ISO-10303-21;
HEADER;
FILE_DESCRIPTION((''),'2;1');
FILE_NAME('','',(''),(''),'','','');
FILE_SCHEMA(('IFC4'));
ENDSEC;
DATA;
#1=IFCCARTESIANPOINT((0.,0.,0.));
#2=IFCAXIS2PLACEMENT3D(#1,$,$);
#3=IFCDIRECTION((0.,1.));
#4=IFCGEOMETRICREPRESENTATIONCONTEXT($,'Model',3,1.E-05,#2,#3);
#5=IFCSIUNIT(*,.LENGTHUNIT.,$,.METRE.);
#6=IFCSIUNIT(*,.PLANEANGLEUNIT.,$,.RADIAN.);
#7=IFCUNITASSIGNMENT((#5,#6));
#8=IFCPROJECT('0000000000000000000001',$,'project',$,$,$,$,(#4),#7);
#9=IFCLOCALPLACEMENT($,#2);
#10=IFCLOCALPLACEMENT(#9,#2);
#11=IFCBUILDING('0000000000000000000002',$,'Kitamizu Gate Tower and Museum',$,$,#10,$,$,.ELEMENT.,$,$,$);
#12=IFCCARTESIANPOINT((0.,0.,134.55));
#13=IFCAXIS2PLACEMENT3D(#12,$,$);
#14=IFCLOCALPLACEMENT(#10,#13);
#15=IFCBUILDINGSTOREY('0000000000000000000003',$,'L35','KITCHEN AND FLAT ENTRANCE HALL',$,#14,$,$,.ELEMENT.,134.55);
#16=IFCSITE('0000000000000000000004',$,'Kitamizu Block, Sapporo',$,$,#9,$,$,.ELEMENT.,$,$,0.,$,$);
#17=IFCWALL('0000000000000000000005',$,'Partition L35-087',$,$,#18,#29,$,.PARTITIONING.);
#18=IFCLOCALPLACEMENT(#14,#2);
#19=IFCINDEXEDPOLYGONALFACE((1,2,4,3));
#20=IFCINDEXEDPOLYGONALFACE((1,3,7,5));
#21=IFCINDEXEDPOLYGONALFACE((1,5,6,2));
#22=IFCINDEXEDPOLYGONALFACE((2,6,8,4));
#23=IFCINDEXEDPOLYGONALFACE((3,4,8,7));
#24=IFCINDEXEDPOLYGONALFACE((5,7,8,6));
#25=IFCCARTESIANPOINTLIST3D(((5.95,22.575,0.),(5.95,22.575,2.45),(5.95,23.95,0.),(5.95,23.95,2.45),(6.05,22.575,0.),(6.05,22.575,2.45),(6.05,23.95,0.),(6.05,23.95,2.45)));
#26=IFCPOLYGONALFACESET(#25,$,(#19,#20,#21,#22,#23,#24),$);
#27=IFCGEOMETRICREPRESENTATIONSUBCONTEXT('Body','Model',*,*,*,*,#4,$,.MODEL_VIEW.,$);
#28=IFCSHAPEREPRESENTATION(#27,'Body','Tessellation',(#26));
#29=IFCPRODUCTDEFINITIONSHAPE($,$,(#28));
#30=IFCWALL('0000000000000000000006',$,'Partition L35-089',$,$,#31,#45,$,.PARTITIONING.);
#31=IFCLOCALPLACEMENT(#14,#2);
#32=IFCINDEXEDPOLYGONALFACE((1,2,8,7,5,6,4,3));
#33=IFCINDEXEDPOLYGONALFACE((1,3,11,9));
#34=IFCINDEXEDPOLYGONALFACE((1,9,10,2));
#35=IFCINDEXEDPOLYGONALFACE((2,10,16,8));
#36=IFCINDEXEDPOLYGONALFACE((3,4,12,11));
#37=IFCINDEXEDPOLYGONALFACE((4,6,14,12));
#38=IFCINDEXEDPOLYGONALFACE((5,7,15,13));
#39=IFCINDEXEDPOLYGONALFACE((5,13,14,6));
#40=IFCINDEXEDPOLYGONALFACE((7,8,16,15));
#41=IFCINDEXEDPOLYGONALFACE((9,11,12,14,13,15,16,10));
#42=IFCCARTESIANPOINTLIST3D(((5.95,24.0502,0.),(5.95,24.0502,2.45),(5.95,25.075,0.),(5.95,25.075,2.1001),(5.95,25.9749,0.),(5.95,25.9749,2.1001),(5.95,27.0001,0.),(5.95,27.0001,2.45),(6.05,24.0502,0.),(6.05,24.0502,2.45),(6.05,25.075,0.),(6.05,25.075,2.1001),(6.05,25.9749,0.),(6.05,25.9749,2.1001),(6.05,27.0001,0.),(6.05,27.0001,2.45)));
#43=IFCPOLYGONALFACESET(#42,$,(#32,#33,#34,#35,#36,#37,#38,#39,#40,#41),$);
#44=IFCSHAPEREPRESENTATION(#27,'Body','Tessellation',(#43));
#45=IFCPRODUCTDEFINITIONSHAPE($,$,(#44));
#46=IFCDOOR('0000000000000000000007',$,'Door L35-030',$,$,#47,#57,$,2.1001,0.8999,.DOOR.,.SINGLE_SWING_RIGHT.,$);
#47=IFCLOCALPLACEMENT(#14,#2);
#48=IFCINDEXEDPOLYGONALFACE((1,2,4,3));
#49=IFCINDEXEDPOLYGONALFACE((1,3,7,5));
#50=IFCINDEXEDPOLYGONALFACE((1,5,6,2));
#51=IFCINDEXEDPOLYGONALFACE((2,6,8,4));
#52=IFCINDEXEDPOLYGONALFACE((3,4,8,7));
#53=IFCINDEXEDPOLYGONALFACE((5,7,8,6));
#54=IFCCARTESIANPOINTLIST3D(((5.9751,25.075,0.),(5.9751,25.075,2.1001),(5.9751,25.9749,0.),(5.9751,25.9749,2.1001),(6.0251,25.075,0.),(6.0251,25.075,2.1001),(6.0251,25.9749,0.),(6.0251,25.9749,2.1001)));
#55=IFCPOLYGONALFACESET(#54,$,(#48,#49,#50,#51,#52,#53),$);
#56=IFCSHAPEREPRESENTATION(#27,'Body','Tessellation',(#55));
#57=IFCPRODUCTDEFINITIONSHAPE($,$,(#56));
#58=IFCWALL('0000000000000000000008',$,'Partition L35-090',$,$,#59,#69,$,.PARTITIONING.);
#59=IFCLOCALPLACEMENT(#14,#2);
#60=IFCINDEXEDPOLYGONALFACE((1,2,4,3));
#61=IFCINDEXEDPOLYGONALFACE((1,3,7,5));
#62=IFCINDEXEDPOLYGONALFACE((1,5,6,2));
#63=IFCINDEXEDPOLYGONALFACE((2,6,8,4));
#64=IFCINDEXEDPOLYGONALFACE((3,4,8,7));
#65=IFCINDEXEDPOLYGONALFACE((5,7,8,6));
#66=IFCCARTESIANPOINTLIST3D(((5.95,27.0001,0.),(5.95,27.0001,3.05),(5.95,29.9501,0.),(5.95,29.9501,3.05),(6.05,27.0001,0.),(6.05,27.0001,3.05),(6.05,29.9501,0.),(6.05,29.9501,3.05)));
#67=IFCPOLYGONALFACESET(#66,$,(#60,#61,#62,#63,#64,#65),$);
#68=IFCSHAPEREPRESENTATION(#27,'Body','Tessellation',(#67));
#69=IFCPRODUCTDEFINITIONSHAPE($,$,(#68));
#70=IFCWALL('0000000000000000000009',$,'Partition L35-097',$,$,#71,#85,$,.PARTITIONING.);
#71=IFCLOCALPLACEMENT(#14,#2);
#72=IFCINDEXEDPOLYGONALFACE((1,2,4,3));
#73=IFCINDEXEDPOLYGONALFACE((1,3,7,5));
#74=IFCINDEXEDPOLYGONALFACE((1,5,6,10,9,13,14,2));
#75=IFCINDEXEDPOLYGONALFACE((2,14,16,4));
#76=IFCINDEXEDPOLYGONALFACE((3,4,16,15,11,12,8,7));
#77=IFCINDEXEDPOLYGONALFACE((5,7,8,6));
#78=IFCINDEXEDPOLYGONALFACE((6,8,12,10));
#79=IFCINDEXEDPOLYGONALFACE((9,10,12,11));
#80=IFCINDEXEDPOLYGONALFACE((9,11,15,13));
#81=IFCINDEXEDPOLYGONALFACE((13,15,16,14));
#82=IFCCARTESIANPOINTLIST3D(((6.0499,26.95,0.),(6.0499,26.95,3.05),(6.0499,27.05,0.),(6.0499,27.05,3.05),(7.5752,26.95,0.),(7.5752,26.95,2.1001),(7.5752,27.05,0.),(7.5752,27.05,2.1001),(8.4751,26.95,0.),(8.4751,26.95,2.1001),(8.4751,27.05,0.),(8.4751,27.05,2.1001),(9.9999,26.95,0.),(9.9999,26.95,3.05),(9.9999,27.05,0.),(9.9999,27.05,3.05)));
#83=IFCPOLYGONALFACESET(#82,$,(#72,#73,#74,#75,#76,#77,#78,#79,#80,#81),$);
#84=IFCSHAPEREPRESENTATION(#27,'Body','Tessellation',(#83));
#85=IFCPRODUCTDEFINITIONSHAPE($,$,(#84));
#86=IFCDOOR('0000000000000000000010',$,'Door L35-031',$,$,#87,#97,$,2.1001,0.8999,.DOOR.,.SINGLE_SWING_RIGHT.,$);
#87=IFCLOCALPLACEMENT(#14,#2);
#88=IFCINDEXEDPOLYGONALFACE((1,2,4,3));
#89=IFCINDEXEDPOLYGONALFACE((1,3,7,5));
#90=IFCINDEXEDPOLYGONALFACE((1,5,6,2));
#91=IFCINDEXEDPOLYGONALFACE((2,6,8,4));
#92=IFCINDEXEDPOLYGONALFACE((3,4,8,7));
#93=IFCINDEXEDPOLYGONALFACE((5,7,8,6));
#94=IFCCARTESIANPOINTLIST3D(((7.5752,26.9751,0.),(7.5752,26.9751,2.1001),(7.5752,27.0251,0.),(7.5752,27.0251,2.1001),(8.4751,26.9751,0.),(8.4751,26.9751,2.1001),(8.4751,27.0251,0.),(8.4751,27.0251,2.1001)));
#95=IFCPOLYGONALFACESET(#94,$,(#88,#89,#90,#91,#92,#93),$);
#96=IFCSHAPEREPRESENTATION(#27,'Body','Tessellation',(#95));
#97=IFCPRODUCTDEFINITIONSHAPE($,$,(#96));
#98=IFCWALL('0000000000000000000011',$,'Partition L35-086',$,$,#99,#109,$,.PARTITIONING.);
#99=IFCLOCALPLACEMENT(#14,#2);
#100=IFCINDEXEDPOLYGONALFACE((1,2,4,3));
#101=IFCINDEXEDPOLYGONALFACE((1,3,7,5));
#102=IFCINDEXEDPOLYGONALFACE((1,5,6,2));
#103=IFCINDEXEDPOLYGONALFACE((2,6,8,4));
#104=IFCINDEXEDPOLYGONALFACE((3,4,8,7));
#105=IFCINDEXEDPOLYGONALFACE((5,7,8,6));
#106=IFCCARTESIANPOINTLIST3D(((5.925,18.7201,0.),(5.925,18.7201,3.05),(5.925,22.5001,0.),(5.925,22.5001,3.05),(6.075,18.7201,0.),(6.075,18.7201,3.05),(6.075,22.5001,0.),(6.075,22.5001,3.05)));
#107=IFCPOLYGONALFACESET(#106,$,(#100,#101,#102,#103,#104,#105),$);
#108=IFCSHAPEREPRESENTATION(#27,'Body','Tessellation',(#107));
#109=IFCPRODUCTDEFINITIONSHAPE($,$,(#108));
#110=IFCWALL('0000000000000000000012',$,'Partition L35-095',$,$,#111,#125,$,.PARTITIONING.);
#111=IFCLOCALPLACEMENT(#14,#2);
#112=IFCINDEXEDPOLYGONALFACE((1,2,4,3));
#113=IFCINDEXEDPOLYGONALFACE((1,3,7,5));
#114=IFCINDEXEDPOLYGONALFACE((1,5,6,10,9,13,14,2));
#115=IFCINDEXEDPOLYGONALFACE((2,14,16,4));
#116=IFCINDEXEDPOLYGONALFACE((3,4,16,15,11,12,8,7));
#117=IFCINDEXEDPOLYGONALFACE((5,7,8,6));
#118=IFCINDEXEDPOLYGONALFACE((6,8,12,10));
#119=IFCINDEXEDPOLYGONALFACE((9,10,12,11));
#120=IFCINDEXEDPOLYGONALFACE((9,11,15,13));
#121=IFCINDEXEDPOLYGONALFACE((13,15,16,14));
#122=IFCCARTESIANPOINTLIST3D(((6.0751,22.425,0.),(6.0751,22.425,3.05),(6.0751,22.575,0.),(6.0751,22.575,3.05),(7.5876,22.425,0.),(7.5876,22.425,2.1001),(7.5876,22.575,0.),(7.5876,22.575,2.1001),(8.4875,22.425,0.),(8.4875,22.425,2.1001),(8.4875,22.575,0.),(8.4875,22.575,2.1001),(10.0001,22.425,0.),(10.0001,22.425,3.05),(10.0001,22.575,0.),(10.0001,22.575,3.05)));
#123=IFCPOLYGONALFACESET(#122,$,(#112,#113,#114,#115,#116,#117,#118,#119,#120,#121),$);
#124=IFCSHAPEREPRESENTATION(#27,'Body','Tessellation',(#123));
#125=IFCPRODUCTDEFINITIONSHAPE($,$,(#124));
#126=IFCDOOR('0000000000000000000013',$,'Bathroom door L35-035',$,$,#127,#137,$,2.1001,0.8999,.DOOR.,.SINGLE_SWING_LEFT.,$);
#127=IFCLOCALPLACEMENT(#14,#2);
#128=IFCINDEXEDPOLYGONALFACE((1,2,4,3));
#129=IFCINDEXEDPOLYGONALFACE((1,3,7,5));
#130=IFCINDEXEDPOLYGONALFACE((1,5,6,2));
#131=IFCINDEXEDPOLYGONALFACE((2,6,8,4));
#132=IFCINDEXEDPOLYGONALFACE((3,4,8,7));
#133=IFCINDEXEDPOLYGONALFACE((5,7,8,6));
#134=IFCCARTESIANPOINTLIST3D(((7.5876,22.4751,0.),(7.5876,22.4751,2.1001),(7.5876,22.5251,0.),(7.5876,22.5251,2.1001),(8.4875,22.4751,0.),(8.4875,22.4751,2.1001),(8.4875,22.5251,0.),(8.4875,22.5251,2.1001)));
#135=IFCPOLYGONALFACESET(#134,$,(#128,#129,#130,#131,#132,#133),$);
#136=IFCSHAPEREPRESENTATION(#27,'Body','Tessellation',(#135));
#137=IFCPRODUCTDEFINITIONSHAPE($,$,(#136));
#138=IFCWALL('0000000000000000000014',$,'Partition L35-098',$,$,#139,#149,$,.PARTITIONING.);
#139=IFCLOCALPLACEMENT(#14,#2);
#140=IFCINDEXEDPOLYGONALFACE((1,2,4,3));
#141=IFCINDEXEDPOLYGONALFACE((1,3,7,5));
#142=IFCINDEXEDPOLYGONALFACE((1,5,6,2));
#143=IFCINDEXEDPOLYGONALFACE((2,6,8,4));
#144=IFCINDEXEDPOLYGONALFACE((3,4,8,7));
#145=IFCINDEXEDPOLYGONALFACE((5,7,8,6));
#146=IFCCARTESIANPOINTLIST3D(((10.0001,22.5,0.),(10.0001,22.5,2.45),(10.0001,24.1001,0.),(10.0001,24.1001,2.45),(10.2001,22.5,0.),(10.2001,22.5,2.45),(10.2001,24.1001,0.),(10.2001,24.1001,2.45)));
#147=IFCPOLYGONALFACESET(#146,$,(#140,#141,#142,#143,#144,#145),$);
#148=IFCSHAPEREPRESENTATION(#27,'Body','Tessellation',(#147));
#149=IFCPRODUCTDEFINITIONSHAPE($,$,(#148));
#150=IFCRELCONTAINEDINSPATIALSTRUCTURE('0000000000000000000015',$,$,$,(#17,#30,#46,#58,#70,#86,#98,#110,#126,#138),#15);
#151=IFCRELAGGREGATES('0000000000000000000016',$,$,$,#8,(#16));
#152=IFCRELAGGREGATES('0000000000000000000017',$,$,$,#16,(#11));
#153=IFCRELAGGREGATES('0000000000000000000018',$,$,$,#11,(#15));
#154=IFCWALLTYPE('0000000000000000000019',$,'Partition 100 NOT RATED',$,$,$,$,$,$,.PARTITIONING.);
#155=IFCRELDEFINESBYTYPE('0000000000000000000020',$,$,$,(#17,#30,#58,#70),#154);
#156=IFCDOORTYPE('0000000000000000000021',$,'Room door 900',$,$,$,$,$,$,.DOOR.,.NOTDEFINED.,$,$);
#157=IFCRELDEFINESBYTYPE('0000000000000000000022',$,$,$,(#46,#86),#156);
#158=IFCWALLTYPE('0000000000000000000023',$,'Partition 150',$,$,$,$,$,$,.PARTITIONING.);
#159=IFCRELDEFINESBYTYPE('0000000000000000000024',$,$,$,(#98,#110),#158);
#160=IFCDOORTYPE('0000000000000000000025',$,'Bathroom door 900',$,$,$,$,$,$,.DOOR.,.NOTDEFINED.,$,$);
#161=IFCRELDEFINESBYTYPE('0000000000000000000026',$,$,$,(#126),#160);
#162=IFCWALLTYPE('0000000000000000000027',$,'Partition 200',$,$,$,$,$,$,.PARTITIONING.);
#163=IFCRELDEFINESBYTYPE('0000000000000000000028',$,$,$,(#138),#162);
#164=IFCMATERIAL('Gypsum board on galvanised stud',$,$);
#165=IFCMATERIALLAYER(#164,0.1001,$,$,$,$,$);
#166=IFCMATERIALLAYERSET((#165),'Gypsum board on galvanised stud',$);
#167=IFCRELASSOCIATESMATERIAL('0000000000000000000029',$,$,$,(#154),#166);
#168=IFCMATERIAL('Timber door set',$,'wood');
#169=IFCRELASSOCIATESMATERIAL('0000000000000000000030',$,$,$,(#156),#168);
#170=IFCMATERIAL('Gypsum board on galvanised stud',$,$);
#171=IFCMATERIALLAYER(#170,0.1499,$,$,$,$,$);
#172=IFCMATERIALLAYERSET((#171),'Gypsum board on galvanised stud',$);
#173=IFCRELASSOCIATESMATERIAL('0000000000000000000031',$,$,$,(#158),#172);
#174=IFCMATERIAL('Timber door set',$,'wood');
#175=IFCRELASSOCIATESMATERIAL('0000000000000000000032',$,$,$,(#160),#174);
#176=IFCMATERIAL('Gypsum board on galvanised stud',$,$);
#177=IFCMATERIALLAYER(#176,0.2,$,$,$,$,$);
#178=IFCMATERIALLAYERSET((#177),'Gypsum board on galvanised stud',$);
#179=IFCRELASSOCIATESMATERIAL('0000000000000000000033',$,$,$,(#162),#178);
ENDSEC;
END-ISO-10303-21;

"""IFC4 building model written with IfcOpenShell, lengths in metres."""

from ifc_helpers import new_model, si_unit, direction, frame, frame_2d, origin, place, context, subcontext, project, spatial, rectangle, extrude, material, layer, layer_set, type_object, element, fill, save


model = new_model("IFC4")

# Units and contexts
model_context = context("Model", 3, precision=1e-05, world=origin(), true_north=direction((0.0, 1.0)))
body_context = subcontext(model_context, "Body", "Model", "MODEL_VIEW")
ifc_project = project(units=[si_unit("LENGTHUNIT", "METRE"), si_unit("PLANEANGLEUNIT", "RADIAN")], contexts=[model_context])

# Site, building, storey
site_placement = place(None, origin())
site = spatial("IfcSite", under=ifc_project, at=site_placement, Name="Kitamizu Block, Sapporo", CompositionType="ELEMENT", RefElevation=0.0)
building_placement = place(site_placement, origin())
building = spatial("IfcBuilding", under=site, at=building_placement, Name="Kitamizu Gate Tower and Museum", CompositionType="ELEMENT")
storey_placement = place(building_placement, frame((0.0, 0.0, 134.55)))
storey = spatial("IfcBuildingStorey", under=building, at=storey_placement, Name="L35", Description="KITCHEN AND FLAT ENTRANCE HALL", CompositionType="ELEMENT", Elevation=134.55)

# Shared definitions
ifc_material_1 = material(Name="Gypsum board on galvanised stud")
ifc_layer_1 = layer(ifc_material_1, 0.1001)
ifc_layer_set_1 = layer_set([ifc_layer_1], Name="Gypsum board on galvanised stud")
wall_type_1 = type_object("IfcWallType", Name="Partition 100 NOT RATED", PredefinedType="PARTITIONING", material=ifc_layer_set_1)
ifc_material_2 = material(Name="Timber door set", Category="wood")
door_type_1 = type_object("IfcDoorType", Name="Room door 900", OperationType="NOTDEFINED", PredefinedType="DOOR", material=ifc_material_2)

# Wall
wall_1_placement = place(storey_placement, frame((6.0, 22.575, 0.0), z_axis=(0.0, 0.0, 1.0), x_axis=(0.0, 1.0, 0.0)))
element("IfcWall", 1, at=wall_1_placement, inside=storey, type_object=wall_type_1, Name="Partition L35-087", PredefinedType="PARTITIONING", context=body_context, shape_type="SweptSolid", body=[
    extrude(rectangle(XDim=1.375, YDim=0.1001, at=frame_2d((0.6875, 0.0))), origin(), (0.0, 0.0, 1.0), 2.45),
])

# Wall, opening, door
wall_2_placement = place(storey_placement, frame((6.0, 24.05, 0.0), z_axis=(0.0, 0.0, 1.0), x_axis=(0.0, 1.0, 0.0)))
wall_2 = element("IfcWall", 2, at=wall_2_placement, inside=storey, type_object=wall_type_1, Name="Partition L35-089", PredefinedType="PARTITIONING", context=body_context, shape_type="SweptSolid", body=[
    extrude(rectangle(XDim=2.95, YDim=0.1001, at=frame_2d((1.4751, 0.0))), origin(), (0.0, 0.0, 1.0), 2.45),
])
opening_1_placement = place(wall_2_placement, frame((1.0249, 0.0, 0.0)))
opening_1 = element("IfcOpeningElement", 3, at=opening_1_placement, cuts=wall_2, PredefinedType="OPENING", context=body_context, shape_type="SweptSolid", body=[
    extrude(rectangle(XDim=0.8999, YDim=2.1001, at=frame_2d((0.45, 1.05))), frame((0.0, 0.0601, 0.0), z_axis=(0.0, -1.0, 0.0), x_axis=(1.0, 0.0, 0.0)), (0.0, 0.0, 1.0), 0.1201),
])
door_1_placement = place(opening_1_placement, origin())
door_1 = element("IfcDoor", 4, at=door_1_placement, inside=storey, type_object=door_type_1, Name="Door L35-030", OperationType="SINGLE_SWING_RIGHT", OverallHeight=2.1001, OverallWidth=0.8999, PredefinedType="DOOR", context=body_context, shape_type="SweptSolid", body=[
    extrude(rectangle(XDim=0.8999, YDim=2.1001, at=frame_2d((0.45, 1.05))), frame((0.0, 0.0249, 0.0), z_axis=(0.0, -1.0, 0.0), x_axis=(1.0, 0.0, 0.0)), (0.0, 0.0, 1.0), 0.05),
])
fill(opening_1, door_1)

# Wall
wall_3_placement = place(storey_placement, frame((6.0, 27.0, 0.0), z_axis=(0.0, 0.0, 1.0), x_axis=(0.0, 1.0, 0.0)))
element("IfcWall", 5, at=wall_3_placement, inside=storey, type_object=wall_type_1, Name="Partition L35-090", PredefinedType="PARTITIONING", context=body_context, shape_type="SweptSolid", body=[
    extrude(rectangle(XDim=2.95, YDim=0.1001, at=frame_2d((1.4751, 0.0))), origin(), (0.0, 0.0, 1.0), 3.05),
])

# Wall, opening, door
wall_4_placement = place(storey_placement, frame((10.0, 27.0, 0.0), z_axis=(0.0, 0.0, 1.0), x_axis=(-1.0, 0.0, 0.0)))
wall_4 = element("IfcWall", 6, at=wall_4_placement, inside=storey, type_object=wall_type_1, Name="Partition L35-097", PredefinedType="PARTITIONING", context=body_context, shape_type="SweptSolid", body=[
    extrude(rectangle(XDim=3.95, YDim=0.1001, at=frame_2d((1.9751, 0.0))), origin(), (0.0, 0.0, 1.0), 3.05),
])
opening_2_placement = place(wall_4_placement, frame((1.5249, 0.0, 0.0)))
opening_2 = element("IfcOpeningElement", 7, at=opening_2_placement, cuts=wall_4, PredefinedType="OPENING", context=body_context, shape_type="SweptSolid", body=[
    extrude(rectangle(XDim=0.8999, YDim=2.1001, at=frame_2d((0.45, 1.05))), frame((0.0, 0.0601, 0.0), z_axis=(0.0, -1.0, 0.0), x_axis=(1.0, 0.0, 0.0)), (0.0, 0.0, 1.0), 0.1201),
])
door_2_placement = place(opening_2_placement, origin())
door_2 = element("IfcDoor", 8, at=door_2_placement, inside=storey, type_object=door_type_1, Name="Door L35-031", OperationType="SINGLE_SWING_RIGHT", OverallHeight=2.1001, OverallWidth=0.8999, PredefinedType="DOOR", context=body_context, shape_type="SweptSolid", body=[
    extrude(rectangle(XDim=0.8999, YDim=2.1001, at=frame_2d((0.45, 1.05))), frame((0.0, 0.0249, 0.0), z_axis=(0.0, -1.0, 0.0), x_axis=(1.0, 0.0, 0.0)), (0.0, 0.0, 1.0), 0.05),
])
fill(opening_2, door_2)

# Wall
ifc_material_3 = material(Name="Gypsum board on galvanised stud")
ifc_layer_2 = layer(ifc_material_3, 0.1499)
ifc_layer_set_2 = layer_set([ifc_layer_2], Name="Gypsum board on galvanised stud")
wall_type_2 = type_object("IfcWallType", Name="Partition 150", PredefinedType="PARTITIONING", material=ifc_layer_set_2)
wall_5_placement = place(storey_placement, frame((6.0, 18.72, 0.0), z_axis=(0.0, 0.0, 1.0), x_axis=(0.0, 1.0, 0.0)))
element("IfcWall", 9, at=wall_5_placement, inside=storey, type_object=wall_type_2, Name="Partition L35-086", PredefinedType="PARTITIONING", context=body_context, shape_type="SweptSolid", body=[
    extrude(rectangle(XDim=3.78, YDim=0.1499, at=frame_2d((1.8901, 0.0))), origin(), (0.0, 0.0, 1.0), 3.05),
])

# Wall, opening, door
wall_6_placement = place(storey_placement, frame((10.0, 22.5, 0.0), z_axis=(0.0, 0.0, 1.0), x_axis=(-1.0, 0.0, 0.0)))
wall_6 = element("IfcWall", 10, at=wall_6_placement, inside=storey, type_object=wall_type_2, Name="Partition L35-095", PredefinedType="PARTITIONING", context=body_context, shape_type="SweptSolid", body=[
    extrude(rectangle(XDim=3.925, YDim=0.1499, at=frame_2d((1.9624, 0.0))), origin(), (0.0, 0.0, 1.0), 3.05),
])
opening_3_placement = place(wall_6_placement, frame((1.5125, 0.0, 0.0)))
opening_3 = element("IfcOpeningElement", 11, at=opening_3_placement, cuts=wall_6, PredefinedType="OPENING", context=body_context, shape_type="SweptSolid", body=[
    extrude(rectangle(XDim=0.8999, YDim=2.1001, at=frame_2d((0.45, 1.05))), frame((0.0, 0.085, 0.0), z_axis=(0.0, -1.0, 0.0), x_axis=(1.0, 0.0, 0.0)), (0.0, 0.0, 1.0), 0.1699),
])
ifc_material_4 = material(Name="Timber door set", Category="wood")
door_type_2 = type_object("IfcDoorType", Name="Bathroom door 900", OperationType="NOTDEFINED", PredefinedType="DOOR", material=ifc_material_4)
door_3_placement = place(opening_3_placement, origin())
door_3 = element("IfcDoor", 12, at=door_3_placement, inside=storey, type_object=door_type_2, Name="Bathroom door L35-035", OperationType="SINGLE_SWING_LEFT", OverallHeight=2.1001, OverallWidth=0.8999, PredefinedType="DOOR", context=body_context, shape_type="SweptSolid", body=[
    extrude(rectangle(XDim=0.8999, YDim=2.1001, at=frame_2d((0.45, 1.05))), frame((0.0, 0.0249, 0.0), z_axis=(0.0, -1.0, 0.0), x_axis=(1.0, 0.0, 0.0)), (0.0, 0.0, 1.0), 0.05),
])
fill(opening_3, door_3)

# Wall
ifc_material_5 = material(Name="Gypsum board on galvanised stud")
ifc_layer_3 = layer(ifc_material_5, 0.2)
ifc_layer_set_3 = layer_set([ifc_layer_3], Name="Gypsum board on galvanised stud")
wall_type_3 = type_object("IfcWallType", Name="Partition 200", PredefinedType="PARTITIONING", material=ifc_layer_set_3)
wall_7_placement = place(storey_placement, frame((10.1001, 22.5, 0.0), z_axis=(0.0, 0.0, 1.0), x_axis=(0.0, 1.0, 0.0)))
element("IfcWall", 13, at=wall_7_placement, inside=storey, type_object=wall_type_3, Name="Partition L35-098", PredefinedType="PARTITIONING", context=body_context, shape_type="SweptSolid", body=[
    extrude(rectangle(XDim=1.6001, YDim=0.2, at=frame_2d((0.8, 0.0))), origin(), (0.0, 0.0, 1.0), 2.45),
])

save(model, "model.ifc")
